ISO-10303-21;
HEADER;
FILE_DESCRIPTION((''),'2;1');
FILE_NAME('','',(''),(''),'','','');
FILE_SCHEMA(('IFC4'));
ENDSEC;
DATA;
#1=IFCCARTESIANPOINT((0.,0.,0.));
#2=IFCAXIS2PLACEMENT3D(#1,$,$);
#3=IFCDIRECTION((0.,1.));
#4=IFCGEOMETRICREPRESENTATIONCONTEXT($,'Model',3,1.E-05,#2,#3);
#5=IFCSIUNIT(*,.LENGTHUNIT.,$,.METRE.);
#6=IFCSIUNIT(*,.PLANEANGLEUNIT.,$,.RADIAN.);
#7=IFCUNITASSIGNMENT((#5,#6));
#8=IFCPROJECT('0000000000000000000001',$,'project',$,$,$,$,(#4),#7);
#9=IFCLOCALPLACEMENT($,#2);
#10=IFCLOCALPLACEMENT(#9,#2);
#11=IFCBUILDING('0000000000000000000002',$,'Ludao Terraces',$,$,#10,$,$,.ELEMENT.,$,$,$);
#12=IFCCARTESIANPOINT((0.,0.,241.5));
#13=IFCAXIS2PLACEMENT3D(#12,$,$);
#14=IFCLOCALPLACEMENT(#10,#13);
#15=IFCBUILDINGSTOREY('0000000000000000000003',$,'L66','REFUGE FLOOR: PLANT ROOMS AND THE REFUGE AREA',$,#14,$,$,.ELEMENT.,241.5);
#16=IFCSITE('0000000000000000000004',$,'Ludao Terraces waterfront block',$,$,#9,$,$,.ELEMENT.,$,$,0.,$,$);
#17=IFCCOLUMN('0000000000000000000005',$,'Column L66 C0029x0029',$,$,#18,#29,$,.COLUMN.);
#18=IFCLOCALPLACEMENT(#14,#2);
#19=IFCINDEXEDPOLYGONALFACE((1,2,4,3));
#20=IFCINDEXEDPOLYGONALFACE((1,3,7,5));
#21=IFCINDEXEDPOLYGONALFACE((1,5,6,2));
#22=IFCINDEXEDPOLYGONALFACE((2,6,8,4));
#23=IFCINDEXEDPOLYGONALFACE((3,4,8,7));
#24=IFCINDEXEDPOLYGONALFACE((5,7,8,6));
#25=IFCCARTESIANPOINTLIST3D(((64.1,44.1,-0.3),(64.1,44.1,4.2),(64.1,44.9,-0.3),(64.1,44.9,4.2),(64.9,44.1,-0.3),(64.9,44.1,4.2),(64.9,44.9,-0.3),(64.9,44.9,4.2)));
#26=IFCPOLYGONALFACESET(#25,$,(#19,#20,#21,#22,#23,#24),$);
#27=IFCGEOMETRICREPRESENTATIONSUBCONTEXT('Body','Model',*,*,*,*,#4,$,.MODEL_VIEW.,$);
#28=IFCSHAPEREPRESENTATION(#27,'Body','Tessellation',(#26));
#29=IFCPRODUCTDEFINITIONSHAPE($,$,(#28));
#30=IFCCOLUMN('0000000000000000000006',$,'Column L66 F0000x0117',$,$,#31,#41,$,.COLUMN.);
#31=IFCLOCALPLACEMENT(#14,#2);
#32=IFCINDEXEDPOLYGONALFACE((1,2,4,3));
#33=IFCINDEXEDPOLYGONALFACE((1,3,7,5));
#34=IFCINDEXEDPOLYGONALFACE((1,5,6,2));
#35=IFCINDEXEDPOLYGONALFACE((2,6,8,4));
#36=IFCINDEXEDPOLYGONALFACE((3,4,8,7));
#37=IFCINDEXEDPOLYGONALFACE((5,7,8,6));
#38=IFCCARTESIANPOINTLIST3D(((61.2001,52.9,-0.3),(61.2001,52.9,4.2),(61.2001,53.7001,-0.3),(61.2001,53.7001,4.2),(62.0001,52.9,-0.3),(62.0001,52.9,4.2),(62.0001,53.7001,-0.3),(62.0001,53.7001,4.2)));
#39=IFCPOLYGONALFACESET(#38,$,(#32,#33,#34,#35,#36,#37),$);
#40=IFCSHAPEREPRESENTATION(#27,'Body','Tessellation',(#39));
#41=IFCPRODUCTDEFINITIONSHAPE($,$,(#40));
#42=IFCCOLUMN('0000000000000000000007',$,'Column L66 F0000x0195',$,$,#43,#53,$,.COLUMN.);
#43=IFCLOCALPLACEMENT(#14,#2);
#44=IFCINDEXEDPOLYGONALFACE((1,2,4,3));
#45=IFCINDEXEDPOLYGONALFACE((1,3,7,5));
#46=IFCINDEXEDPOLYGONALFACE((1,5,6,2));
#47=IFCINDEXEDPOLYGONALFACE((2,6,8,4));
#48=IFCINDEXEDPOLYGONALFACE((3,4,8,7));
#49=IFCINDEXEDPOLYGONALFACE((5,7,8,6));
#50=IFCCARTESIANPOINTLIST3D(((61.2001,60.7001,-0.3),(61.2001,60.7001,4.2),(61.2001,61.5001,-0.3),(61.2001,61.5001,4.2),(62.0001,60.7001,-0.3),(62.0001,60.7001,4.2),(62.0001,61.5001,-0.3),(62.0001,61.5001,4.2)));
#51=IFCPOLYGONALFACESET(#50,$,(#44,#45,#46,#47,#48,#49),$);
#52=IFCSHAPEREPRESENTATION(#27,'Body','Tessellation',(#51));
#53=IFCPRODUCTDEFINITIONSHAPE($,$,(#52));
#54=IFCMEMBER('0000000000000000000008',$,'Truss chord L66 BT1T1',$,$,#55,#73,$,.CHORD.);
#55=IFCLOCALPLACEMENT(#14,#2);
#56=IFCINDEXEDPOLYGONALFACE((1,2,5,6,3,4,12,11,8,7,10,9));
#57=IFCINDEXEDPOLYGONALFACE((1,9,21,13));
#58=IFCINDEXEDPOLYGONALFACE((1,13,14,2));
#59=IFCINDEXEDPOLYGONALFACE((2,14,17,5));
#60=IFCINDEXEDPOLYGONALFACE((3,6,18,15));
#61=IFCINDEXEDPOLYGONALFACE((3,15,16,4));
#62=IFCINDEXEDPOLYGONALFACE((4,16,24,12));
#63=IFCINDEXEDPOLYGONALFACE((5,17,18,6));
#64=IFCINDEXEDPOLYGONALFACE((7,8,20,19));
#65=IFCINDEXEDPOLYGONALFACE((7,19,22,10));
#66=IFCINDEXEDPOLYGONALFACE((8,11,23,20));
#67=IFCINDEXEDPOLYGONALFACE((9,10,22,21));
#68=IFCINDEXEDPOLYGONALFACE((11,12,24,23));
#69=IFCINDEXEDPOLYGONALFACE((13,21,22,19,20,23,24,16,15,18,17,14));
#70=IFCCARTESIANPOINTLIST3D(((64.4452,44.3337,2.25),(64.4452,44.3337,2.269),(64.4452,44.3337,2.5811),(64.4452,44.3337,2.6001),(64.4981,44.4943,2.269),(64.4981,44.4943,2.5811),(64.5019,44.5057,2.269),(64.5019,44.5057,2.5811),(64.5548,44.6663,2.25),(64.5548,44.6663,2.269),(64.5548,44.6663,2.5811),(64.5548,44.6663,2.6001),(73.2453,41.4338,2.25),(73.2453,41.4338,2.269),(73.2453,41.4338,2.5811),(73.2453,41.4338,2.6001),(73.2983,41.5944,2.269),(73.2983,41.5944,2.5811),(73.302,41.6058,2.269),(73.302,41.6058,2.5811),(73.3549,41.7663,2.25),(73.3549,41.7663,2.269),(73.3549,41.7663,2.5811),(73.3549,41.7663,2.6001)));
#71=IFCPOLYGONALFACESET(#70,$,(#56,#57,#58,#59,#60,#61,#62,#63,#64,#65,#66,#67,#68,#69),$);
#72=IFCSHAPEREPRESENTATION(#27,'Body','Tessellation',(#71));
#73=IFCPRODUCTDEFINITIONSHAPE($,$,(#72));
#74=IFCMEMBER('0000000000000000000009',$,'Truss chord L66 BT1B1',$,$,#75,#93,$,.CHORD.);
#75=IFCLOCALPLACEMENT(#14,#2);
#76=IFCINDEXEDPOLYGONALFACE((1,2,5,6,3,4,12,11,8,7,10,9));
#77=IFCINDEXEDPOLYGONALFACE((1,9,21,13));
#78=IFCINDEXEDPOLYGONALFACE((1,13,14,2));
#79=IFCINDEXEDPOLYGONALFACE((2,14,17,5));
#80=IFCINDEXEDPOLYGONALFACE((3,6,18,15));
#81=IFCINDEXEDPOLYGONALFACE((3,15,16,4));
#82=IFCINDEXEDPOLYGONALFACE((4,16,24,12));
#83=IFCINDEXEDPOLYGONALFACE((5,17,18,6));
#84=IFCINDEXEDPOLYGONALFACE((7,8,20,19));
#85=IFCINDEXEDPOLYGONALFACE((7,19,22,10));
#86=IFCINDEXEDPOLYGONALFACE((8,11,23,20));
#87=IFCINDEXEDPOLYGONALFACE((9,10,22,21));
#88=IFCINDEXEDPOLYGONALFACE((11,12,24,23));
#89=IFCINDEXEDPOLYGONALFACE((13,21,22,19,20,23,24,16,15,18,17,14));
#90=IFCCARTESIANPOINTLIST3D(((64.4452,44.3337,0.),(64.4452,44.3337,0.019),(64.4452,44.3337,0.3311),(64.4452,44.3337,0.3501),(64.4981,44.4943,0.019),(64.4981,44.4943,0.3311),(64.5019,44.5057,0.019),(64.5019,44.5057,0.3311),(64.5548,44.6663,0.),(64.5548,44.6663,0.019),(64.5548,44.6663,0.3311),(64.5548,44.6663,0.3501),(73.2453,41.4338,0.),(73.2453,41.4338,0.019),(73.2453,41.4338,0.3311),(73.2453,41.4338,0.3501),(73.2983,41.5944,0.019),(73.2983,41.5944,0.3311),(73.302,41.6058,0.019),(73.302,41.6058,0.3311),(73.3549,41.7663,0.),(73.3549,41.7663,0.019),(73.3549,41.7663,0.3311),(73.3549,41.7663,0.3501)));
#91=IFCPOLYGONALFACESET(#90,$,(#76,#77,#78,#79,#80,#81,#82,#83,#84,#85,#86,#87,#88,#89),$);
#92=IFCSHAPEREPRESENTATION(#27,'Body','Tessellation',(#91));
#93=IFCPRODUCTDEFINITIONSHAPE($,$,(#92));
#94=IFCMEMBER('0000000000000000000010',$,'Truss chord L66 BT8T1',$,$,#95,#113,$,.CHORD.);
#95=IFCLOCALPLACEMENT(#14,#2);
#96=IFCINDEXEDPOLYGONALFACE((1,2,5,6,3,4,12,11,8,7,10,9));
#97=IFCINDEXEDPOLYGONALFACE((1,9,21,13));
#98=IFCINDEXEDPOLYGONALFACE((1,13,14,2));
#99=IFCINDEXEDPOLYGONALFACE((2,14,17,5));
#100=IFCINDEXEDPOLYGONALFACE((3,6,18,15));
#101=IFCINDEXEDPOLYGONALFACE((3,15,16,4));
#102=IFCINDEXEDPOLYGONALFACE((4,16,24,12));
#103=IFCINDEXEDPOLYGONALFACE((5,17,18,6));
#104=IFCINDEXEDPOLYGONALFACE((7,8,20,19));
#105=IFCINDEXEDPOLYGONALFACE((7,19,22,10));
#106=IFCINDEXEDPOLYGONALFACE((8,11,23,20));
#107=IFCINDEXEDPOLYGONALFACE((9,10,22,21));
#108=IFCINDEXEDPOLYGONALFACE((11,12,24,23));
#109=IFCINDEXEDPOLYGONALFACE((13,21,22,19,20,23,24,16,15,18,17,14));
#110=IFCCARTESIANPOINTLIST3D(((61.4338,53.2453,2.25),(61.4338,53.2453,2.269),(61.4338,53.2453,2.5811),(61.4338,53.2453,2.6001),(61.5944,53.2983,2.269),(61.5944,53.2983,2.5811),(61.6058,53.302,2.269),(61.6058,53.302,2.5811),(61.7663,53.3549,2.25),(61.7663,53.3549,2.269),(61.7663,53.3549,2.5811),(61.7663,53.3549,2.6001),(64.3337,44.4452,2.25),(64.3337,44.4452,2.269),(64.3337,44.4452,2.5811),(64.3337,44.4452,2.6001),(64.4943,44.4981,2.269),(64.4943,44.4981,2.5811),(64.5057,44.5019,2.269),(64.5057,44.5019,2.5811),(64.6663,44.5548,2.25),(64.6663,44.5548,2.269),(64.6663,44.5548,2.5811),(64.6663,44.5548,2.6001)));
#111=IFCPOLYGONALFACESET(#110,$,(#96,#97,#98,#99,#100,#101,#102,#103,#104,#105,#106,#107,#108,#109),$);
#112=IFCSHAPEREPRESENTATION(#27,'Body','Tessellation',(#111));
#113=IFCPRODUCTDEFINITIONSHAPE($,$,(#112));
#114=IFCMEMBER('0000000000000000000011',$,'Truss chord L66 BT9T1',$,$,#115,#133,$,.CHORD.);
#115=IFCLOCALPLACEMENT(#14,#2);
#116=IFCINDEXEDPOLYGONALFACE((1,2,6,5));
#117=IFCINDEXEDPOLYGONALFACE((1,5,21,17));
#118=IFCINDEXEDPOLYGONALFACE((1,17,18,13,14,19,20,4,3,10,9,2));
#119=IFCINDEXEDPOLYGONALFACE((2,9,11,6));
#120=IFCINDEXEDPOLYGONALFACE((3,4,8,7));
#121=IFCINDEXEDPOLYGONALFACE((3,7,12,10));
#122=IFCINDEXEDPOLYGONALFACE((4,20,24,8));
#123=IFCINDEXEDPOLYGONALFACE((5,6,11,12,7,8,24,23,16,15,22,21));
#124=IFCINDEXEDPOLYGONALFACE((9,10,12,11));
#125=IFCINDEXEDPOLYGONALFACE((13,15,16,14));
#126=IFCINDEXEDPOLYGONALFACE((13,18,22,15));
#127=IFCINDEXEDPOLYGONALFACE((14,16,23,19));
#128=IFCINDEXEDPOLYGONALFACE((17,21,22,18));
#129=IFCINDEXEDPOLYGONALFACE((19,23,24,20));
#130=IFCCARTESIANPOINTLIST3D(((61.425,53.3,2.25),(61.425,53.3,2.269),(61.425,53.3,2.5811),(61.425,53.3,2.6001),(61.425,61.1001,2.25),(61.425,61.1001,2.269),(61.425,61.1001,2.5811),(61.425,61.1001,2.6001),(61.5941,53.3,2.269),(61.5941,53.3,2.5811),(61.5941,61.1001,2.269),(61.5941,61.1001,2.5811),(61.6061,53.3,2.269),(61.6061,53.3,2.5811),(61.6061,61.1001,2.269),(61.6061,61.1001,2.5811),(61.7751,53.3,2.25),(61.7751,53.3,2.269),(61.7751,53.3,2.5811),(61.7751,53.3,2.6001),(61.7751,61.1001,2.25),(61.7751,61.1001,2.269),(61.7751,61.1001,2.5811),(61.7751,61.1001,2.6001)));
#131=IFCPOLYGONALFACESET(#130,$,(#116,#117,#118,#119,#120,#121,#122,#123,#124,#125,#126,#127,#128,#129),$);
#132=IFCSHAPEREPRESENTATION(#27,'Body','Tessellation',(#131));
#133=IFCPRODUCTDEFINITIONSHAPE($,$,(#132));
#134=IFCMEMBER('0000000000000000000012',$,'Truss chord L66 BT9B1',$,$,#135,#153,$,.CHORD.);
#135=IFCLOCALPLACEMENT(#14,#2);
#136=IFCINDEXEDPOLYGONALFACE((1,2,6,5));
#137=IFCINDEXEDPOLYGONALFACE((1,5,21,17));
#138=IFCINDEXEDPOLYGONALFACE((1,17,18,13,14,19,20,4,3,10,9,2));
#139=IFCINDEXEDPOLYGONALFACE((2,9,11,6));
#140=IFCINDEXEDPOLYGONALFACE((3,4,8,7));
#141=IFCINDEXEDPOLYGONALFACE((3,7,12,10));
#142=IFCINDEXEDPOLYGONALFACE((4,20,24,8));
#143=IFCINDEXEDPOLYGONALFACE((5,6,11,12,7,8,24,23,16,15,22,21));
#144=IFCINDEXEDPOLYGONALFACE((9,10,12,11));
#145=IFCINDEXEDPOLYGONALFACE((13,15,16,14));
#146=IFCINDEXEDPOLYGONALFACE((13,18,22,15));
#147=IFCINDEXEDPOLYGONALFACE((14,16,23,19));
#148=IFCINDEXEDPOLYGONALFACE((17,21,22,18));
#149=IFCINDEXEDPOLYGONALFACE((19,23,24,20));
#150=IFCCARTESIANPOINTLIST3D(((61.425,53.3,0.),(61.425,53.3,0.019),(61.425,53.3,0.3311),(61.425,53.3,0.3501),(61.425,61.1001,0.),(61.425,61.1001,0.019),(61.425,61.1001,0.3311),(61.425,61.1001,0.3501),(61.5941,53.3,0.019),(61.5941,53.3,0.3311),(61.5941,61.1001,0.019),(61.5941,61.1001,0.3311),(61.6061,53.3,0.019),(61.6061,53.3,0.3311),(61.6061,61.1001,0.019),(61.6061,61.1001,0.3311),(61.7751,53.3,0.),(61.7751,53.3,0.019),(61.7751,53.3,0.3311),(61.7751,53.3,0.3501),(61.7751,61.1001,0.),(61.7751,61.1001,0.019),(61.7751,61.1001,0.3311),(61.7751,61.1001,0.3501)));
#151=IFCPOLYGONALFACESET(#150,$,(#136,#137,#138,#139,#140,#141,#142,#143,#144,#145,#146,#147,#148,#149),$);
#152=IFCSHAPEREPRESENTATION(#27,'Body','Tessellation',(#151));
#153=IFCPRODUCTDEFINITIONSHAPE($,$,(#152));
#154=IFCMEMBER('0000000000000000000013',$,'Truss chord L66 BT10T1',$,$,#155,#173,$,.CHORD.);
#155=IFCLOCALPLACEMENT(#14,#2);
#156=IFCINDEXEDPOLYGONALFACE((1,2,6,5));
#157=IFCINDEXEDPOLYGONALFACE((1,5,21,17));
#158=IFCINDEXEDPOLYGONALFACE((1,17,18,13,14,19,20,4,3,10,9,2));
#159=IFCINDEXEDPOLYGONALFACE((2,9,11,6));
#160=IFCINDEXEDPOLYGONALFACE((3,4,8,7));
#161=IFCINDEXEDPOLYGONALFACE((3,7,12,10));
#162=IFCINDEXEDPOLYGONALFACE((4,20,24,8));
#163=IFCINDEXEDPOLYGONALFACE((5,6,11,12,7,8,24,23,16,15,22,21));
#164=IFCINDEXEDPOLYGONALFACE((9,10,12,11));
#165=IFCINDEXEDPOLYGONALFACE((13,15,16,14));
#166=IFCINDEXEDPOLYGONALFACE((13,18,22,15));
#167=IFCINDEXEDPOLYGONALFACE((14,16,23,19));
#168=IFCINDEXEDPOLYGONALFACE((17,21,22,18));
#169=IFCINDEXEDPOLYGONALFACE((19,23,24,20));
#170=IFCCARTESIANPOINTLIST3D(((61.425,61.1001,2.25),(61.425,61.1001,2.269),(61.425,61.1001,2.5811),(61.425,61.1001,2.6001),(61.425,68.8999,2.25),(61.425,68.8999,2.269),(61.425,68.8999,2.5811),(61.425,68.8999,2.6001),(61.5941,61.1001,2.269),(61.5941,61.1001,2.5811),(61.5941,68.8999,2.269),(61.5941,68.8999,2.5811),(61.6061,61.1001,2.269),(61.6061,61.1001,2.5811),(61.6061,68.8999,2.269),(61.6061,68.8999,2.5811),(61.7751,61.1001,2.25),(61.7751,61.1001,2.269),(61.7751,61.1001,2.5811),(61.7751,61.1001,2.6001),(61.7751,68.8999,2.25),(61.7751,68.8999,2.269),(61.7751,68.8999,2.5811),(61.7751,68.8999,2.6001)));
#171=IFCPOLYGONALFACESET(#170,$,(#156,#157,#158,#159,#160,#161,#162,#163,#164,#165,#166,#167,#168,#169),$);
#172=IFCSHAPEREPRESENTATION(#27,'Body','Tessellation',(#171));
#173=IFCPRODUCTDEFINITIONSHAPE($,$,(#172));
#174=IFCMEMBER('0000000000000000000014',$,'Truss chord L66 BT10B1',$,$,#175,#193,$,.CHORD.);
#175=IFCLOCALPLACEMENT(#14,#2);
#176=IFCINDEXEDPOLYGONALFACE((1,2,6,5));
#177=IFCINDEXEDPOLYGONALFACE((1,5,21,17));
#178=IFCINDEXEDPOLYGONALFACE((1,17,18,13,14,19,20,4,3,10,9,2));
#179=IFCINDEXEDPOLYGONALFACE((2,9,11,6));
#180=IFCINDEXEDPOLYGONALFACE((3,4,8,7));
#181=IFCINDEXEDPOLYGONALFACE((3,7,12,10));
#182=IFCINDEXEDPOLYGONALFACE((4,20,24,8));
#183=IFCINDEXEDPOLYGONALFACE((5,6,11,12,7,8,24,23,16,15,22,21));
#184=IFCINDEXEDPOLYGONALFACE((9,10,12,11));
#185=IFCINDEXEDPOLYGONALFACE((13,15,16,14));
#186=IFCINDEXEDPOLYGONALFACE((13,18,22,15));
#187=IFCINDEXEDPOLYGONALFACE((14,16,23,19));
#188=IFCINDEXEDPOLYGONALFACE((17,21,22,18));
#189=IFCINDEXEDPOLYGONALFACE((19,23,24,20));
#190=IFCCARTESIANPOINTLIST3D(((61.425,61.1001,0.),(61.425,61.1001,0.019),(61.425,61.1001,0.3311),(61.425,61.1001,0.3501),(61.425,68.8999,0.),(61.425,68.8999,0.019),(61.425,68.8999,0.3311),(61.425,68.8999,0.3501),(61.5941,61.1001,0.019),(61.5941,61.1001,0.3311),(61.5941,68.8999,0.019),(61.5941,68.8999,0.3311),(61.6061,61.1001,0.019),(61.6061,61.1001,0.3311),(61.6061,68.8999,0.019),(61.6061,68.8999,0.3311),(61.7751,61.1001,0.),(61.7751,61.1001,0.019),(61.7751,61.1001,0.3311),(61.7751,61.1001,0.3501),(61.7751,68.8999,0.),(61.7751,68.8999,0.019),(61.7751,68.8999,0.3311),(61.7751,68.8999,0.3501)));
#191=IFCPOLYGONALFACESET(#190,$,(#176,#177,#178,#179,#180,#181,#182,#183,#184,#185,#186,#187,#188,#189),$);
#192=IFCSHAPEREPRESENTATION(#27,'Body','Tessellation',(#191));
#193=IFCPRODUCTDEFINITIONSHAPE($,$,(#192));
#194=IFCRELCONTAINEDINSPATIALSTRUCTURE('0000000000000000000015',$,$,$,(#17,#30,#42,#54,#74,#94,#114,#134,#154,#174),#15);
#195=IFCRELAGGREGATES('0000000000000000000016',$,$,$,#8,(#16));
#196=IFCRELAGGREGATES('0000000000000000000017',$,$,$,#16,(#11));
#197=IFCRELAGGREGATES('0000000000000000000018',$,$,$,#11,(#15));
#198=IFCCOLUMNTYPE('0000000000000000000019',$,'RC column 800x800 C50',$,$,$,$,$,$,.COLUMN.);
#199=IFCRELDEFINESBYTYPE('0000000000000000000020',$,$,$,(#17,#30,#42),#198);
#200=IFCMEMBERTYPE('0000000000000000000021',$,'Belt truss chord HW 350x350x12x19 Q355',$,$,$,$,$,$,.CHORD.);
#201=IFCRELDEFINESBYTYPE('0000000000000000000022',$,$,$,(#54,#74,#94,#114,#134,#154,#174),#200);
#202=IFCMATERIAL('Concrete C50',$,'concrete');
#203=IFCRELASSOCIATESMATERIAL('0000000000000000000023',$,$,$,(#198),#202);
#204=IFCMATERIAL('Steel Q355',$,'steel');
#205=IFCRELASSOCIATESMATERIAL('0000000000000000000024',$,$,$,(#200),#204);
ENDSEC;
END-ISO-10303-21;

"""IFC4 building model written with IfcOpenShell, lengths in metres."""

from ifc_helpers import new_model, si_unit, direction, frame, origin, origin_2d, place, context, subcontext, project, spatial, rectangle, i_section, extrude, material, material_profile, profile_set, type_object, element, save


model = new_model("IFC4")

# Units and contexts
model_context = context("Model", 3, precision=1e-05, world=origin(), true_north=direction((0.0, 1.0)))
body_context = subcontext(model_context, "Body", "Model", "MODEL_VIEW")
ifc_project = project(units=[si_unit("LENGTHUNIT", "METRE"), si_unit("PLANEANGLEUNIT", "RADIAN")], contexts=[model_context])

# Site, building, storey
site_placement = place(None, origin())
site = spatial("IfcSite", under=ifc_project, at=site_placement, Name="Ludao Terraces waterfront block", CompositionType="ELEMENT", RefElevation=0.0)
building_placement = place(site_placement, origin())
building = spatial("IfcBuilding", under=site, at=building_placement, Name="Ludao Terraces", CompositionType="ELEMENT")
storey_placement = place(building_placement, frame((0.0, 0.0, 241.5)))
storey = spatial("IfcBuildingStorey", under=building, at=storey_placement, Name="L66", Description="REFUGE FLOOR: PLANT ROOMS AND THE REFUGE AREA", CompositionType="ELEMENT", Elevation=241.5)

# Columns
ifc_material_1 = material(Name="Concrete C50", Category="concrete")
ifc_material_profile_1 = material_profile(ifc_material_1, rectangle(XDim=0.8, YDim=0.8, at=origin_2d()), Name="800 X 800")
ifc_profile_set_1 = profile_set([ifc_material_profile_1], Name="Concrete C50")
column_type = type_object("IfcColumnType", Name="RC column 800x800 C50", PredefinedType="COLUMN", material=ifc_profile_set_1)
for number, where, z_axis, x_axis, name in (
    (1, (64.5, 44.5, -0.3), (0.0, 0.0, 1.0), (1.0, 0.0, 0.0), "Column L66 C0029x0029"),
    (2, (61.6001, 53.3, -0.3), (0.0, 0.0, 1.0), (1.0, 0.0, 0.0), "Column L66 F0000x0117"),
    (3, (61.6001, 61.1001, -0.3), (0.0, 0.0, 1.0), (1.0, 0.0, 0.0), "Column L66 F0000x0195"),
):
    element("IfcColumn", number, at=place(storey_placement, frame(where, z_axis=z_axis, x_axis=x_axis)), inside=storey, type_object=column_type, Name=name, PredefinedType="COLUMN", context=body_context, shape_type="SweptSolid", body=[
        extrude(rectangle(XDim=0.8, YDim=0.8, at=origin_2d()), origin(), (0.0, 0.0, 1.0), 4.5),
    ])

# Members
ifc_material_2 = material(Name="Steel Q355", Category="steel")
ifc_material_profile_2 = material_profile(ifc_material_2, i_section(OverallWidth=0.3501, OverallDepth=0.3501, WebThickness=0.012, FlangeThickness=0.019, at=origin_2d()), Name="HW 350X350X12X19")
ifc_profile_set_2 = profile_set([ifc_material_profile_2], Name="Steel Q355")
member_type_1 = type_object("IfcMemberType", Name="Belt truss chord HW 350x350x12x19 Q355", PredefinedType="CHORD", material=ifc_profile_set_2)
for number, where, z_axis, x_axis, name in (
    (4, (64.5, 44.5, 2.425), (0.949761, -0.312977, 0.0), (0.312977, 0.949761, 0.0), "Truss chord L66 BT1T1"),
    (5, (64.5, 44.5, 0.175), (0.949761, -0.312977, 0.0), (0.312977, 0.949761, 0.0), "Truss chord L66 BT1B1"),
    (6, (64.5, 44.5, 2.425), (-0.312977, 0.949761, 0.0), (-0.949761, -0.312977, 0.0), "Truss chord L66 BT8T1"),
):
    element("IfcMember", number, at=place(storey_placement, frame(where, z_axis=z_axis, x_axis=x_axis)), inside=storey, type_object=member_type_1, Name=name, PredefinedType="CHORD", context=body_context, shape_type="SweptSolid", body=[
        extrude(i_section(OverallWidth=0.3501, OverallDepth=0.3501, WebThickness=0.012, FlangeThickness=0.019, at=origin_2d()), origin(), (0.0, 0.0, 1.0), 9.2656),
    ])
for number, where, z_axis, x_axis, name in (
    (7, (61.6001, 53.3, 2.425), (0.0, 1.0, 0.0), (-1.0, 0.0, 0.0), "Truss chord L66 BT9T1"),
    (8, (61.6001, 53.3, 0.175), (0.0, 1.0, 0.0), (-1.0, 0.0, 0.0), "Truss chord L66 BT9B1"),
):
    element("IfcMember", number, at=place(storey_placement, frame(where, z_axis=z_axis, x_axis=x_axis)), inside=storey, type_object=member_type_1, Name=name, PredefinedType="CHORD", context=body_context, shape_type="SweptSolid", body=[
        extrude(i_section(OverallWidth=0.3501, OverallDepth=0.3501, WebThickness=0.012, FlangeThickness=0.019, at=origin_2d()), origin(), (0.0, 0.0, 1.0), 7.8),
    ])
for number, where, z_axis, x_axis, name in (
    (9, (61.6001, 61.1001, 2.425), (0.0, 1.0, 0.0), (-1.0, 0.0, 0.0), "Truss chord L66 BT10T1"),
    (10, (61.6001, 61.1001, 0.175), (0.0, 1.0, 0.0), (-1.0, 0.0, 0.0), "Truss chord L66 BT10B1"),
):
    element("IfcMember", number, at=place(storey_placement, frame(where, z_axis=z_axis, x_axis=x_axis)), inside=storey, type_object=member_type_1, Name=name, PredefinedType="CHORD", context=body_context, shape_type="SweptSolid", body=[
        extrude(i_section(OverallWidth=0.3501, OverallDepth=0.3501, WebThickness=0.012, FlangeThickness=0.019, at=origin_2d()), origin(), (0.0, 0.0, 1.0), 7.7998),
    ])

save(model, "model.ifc")
